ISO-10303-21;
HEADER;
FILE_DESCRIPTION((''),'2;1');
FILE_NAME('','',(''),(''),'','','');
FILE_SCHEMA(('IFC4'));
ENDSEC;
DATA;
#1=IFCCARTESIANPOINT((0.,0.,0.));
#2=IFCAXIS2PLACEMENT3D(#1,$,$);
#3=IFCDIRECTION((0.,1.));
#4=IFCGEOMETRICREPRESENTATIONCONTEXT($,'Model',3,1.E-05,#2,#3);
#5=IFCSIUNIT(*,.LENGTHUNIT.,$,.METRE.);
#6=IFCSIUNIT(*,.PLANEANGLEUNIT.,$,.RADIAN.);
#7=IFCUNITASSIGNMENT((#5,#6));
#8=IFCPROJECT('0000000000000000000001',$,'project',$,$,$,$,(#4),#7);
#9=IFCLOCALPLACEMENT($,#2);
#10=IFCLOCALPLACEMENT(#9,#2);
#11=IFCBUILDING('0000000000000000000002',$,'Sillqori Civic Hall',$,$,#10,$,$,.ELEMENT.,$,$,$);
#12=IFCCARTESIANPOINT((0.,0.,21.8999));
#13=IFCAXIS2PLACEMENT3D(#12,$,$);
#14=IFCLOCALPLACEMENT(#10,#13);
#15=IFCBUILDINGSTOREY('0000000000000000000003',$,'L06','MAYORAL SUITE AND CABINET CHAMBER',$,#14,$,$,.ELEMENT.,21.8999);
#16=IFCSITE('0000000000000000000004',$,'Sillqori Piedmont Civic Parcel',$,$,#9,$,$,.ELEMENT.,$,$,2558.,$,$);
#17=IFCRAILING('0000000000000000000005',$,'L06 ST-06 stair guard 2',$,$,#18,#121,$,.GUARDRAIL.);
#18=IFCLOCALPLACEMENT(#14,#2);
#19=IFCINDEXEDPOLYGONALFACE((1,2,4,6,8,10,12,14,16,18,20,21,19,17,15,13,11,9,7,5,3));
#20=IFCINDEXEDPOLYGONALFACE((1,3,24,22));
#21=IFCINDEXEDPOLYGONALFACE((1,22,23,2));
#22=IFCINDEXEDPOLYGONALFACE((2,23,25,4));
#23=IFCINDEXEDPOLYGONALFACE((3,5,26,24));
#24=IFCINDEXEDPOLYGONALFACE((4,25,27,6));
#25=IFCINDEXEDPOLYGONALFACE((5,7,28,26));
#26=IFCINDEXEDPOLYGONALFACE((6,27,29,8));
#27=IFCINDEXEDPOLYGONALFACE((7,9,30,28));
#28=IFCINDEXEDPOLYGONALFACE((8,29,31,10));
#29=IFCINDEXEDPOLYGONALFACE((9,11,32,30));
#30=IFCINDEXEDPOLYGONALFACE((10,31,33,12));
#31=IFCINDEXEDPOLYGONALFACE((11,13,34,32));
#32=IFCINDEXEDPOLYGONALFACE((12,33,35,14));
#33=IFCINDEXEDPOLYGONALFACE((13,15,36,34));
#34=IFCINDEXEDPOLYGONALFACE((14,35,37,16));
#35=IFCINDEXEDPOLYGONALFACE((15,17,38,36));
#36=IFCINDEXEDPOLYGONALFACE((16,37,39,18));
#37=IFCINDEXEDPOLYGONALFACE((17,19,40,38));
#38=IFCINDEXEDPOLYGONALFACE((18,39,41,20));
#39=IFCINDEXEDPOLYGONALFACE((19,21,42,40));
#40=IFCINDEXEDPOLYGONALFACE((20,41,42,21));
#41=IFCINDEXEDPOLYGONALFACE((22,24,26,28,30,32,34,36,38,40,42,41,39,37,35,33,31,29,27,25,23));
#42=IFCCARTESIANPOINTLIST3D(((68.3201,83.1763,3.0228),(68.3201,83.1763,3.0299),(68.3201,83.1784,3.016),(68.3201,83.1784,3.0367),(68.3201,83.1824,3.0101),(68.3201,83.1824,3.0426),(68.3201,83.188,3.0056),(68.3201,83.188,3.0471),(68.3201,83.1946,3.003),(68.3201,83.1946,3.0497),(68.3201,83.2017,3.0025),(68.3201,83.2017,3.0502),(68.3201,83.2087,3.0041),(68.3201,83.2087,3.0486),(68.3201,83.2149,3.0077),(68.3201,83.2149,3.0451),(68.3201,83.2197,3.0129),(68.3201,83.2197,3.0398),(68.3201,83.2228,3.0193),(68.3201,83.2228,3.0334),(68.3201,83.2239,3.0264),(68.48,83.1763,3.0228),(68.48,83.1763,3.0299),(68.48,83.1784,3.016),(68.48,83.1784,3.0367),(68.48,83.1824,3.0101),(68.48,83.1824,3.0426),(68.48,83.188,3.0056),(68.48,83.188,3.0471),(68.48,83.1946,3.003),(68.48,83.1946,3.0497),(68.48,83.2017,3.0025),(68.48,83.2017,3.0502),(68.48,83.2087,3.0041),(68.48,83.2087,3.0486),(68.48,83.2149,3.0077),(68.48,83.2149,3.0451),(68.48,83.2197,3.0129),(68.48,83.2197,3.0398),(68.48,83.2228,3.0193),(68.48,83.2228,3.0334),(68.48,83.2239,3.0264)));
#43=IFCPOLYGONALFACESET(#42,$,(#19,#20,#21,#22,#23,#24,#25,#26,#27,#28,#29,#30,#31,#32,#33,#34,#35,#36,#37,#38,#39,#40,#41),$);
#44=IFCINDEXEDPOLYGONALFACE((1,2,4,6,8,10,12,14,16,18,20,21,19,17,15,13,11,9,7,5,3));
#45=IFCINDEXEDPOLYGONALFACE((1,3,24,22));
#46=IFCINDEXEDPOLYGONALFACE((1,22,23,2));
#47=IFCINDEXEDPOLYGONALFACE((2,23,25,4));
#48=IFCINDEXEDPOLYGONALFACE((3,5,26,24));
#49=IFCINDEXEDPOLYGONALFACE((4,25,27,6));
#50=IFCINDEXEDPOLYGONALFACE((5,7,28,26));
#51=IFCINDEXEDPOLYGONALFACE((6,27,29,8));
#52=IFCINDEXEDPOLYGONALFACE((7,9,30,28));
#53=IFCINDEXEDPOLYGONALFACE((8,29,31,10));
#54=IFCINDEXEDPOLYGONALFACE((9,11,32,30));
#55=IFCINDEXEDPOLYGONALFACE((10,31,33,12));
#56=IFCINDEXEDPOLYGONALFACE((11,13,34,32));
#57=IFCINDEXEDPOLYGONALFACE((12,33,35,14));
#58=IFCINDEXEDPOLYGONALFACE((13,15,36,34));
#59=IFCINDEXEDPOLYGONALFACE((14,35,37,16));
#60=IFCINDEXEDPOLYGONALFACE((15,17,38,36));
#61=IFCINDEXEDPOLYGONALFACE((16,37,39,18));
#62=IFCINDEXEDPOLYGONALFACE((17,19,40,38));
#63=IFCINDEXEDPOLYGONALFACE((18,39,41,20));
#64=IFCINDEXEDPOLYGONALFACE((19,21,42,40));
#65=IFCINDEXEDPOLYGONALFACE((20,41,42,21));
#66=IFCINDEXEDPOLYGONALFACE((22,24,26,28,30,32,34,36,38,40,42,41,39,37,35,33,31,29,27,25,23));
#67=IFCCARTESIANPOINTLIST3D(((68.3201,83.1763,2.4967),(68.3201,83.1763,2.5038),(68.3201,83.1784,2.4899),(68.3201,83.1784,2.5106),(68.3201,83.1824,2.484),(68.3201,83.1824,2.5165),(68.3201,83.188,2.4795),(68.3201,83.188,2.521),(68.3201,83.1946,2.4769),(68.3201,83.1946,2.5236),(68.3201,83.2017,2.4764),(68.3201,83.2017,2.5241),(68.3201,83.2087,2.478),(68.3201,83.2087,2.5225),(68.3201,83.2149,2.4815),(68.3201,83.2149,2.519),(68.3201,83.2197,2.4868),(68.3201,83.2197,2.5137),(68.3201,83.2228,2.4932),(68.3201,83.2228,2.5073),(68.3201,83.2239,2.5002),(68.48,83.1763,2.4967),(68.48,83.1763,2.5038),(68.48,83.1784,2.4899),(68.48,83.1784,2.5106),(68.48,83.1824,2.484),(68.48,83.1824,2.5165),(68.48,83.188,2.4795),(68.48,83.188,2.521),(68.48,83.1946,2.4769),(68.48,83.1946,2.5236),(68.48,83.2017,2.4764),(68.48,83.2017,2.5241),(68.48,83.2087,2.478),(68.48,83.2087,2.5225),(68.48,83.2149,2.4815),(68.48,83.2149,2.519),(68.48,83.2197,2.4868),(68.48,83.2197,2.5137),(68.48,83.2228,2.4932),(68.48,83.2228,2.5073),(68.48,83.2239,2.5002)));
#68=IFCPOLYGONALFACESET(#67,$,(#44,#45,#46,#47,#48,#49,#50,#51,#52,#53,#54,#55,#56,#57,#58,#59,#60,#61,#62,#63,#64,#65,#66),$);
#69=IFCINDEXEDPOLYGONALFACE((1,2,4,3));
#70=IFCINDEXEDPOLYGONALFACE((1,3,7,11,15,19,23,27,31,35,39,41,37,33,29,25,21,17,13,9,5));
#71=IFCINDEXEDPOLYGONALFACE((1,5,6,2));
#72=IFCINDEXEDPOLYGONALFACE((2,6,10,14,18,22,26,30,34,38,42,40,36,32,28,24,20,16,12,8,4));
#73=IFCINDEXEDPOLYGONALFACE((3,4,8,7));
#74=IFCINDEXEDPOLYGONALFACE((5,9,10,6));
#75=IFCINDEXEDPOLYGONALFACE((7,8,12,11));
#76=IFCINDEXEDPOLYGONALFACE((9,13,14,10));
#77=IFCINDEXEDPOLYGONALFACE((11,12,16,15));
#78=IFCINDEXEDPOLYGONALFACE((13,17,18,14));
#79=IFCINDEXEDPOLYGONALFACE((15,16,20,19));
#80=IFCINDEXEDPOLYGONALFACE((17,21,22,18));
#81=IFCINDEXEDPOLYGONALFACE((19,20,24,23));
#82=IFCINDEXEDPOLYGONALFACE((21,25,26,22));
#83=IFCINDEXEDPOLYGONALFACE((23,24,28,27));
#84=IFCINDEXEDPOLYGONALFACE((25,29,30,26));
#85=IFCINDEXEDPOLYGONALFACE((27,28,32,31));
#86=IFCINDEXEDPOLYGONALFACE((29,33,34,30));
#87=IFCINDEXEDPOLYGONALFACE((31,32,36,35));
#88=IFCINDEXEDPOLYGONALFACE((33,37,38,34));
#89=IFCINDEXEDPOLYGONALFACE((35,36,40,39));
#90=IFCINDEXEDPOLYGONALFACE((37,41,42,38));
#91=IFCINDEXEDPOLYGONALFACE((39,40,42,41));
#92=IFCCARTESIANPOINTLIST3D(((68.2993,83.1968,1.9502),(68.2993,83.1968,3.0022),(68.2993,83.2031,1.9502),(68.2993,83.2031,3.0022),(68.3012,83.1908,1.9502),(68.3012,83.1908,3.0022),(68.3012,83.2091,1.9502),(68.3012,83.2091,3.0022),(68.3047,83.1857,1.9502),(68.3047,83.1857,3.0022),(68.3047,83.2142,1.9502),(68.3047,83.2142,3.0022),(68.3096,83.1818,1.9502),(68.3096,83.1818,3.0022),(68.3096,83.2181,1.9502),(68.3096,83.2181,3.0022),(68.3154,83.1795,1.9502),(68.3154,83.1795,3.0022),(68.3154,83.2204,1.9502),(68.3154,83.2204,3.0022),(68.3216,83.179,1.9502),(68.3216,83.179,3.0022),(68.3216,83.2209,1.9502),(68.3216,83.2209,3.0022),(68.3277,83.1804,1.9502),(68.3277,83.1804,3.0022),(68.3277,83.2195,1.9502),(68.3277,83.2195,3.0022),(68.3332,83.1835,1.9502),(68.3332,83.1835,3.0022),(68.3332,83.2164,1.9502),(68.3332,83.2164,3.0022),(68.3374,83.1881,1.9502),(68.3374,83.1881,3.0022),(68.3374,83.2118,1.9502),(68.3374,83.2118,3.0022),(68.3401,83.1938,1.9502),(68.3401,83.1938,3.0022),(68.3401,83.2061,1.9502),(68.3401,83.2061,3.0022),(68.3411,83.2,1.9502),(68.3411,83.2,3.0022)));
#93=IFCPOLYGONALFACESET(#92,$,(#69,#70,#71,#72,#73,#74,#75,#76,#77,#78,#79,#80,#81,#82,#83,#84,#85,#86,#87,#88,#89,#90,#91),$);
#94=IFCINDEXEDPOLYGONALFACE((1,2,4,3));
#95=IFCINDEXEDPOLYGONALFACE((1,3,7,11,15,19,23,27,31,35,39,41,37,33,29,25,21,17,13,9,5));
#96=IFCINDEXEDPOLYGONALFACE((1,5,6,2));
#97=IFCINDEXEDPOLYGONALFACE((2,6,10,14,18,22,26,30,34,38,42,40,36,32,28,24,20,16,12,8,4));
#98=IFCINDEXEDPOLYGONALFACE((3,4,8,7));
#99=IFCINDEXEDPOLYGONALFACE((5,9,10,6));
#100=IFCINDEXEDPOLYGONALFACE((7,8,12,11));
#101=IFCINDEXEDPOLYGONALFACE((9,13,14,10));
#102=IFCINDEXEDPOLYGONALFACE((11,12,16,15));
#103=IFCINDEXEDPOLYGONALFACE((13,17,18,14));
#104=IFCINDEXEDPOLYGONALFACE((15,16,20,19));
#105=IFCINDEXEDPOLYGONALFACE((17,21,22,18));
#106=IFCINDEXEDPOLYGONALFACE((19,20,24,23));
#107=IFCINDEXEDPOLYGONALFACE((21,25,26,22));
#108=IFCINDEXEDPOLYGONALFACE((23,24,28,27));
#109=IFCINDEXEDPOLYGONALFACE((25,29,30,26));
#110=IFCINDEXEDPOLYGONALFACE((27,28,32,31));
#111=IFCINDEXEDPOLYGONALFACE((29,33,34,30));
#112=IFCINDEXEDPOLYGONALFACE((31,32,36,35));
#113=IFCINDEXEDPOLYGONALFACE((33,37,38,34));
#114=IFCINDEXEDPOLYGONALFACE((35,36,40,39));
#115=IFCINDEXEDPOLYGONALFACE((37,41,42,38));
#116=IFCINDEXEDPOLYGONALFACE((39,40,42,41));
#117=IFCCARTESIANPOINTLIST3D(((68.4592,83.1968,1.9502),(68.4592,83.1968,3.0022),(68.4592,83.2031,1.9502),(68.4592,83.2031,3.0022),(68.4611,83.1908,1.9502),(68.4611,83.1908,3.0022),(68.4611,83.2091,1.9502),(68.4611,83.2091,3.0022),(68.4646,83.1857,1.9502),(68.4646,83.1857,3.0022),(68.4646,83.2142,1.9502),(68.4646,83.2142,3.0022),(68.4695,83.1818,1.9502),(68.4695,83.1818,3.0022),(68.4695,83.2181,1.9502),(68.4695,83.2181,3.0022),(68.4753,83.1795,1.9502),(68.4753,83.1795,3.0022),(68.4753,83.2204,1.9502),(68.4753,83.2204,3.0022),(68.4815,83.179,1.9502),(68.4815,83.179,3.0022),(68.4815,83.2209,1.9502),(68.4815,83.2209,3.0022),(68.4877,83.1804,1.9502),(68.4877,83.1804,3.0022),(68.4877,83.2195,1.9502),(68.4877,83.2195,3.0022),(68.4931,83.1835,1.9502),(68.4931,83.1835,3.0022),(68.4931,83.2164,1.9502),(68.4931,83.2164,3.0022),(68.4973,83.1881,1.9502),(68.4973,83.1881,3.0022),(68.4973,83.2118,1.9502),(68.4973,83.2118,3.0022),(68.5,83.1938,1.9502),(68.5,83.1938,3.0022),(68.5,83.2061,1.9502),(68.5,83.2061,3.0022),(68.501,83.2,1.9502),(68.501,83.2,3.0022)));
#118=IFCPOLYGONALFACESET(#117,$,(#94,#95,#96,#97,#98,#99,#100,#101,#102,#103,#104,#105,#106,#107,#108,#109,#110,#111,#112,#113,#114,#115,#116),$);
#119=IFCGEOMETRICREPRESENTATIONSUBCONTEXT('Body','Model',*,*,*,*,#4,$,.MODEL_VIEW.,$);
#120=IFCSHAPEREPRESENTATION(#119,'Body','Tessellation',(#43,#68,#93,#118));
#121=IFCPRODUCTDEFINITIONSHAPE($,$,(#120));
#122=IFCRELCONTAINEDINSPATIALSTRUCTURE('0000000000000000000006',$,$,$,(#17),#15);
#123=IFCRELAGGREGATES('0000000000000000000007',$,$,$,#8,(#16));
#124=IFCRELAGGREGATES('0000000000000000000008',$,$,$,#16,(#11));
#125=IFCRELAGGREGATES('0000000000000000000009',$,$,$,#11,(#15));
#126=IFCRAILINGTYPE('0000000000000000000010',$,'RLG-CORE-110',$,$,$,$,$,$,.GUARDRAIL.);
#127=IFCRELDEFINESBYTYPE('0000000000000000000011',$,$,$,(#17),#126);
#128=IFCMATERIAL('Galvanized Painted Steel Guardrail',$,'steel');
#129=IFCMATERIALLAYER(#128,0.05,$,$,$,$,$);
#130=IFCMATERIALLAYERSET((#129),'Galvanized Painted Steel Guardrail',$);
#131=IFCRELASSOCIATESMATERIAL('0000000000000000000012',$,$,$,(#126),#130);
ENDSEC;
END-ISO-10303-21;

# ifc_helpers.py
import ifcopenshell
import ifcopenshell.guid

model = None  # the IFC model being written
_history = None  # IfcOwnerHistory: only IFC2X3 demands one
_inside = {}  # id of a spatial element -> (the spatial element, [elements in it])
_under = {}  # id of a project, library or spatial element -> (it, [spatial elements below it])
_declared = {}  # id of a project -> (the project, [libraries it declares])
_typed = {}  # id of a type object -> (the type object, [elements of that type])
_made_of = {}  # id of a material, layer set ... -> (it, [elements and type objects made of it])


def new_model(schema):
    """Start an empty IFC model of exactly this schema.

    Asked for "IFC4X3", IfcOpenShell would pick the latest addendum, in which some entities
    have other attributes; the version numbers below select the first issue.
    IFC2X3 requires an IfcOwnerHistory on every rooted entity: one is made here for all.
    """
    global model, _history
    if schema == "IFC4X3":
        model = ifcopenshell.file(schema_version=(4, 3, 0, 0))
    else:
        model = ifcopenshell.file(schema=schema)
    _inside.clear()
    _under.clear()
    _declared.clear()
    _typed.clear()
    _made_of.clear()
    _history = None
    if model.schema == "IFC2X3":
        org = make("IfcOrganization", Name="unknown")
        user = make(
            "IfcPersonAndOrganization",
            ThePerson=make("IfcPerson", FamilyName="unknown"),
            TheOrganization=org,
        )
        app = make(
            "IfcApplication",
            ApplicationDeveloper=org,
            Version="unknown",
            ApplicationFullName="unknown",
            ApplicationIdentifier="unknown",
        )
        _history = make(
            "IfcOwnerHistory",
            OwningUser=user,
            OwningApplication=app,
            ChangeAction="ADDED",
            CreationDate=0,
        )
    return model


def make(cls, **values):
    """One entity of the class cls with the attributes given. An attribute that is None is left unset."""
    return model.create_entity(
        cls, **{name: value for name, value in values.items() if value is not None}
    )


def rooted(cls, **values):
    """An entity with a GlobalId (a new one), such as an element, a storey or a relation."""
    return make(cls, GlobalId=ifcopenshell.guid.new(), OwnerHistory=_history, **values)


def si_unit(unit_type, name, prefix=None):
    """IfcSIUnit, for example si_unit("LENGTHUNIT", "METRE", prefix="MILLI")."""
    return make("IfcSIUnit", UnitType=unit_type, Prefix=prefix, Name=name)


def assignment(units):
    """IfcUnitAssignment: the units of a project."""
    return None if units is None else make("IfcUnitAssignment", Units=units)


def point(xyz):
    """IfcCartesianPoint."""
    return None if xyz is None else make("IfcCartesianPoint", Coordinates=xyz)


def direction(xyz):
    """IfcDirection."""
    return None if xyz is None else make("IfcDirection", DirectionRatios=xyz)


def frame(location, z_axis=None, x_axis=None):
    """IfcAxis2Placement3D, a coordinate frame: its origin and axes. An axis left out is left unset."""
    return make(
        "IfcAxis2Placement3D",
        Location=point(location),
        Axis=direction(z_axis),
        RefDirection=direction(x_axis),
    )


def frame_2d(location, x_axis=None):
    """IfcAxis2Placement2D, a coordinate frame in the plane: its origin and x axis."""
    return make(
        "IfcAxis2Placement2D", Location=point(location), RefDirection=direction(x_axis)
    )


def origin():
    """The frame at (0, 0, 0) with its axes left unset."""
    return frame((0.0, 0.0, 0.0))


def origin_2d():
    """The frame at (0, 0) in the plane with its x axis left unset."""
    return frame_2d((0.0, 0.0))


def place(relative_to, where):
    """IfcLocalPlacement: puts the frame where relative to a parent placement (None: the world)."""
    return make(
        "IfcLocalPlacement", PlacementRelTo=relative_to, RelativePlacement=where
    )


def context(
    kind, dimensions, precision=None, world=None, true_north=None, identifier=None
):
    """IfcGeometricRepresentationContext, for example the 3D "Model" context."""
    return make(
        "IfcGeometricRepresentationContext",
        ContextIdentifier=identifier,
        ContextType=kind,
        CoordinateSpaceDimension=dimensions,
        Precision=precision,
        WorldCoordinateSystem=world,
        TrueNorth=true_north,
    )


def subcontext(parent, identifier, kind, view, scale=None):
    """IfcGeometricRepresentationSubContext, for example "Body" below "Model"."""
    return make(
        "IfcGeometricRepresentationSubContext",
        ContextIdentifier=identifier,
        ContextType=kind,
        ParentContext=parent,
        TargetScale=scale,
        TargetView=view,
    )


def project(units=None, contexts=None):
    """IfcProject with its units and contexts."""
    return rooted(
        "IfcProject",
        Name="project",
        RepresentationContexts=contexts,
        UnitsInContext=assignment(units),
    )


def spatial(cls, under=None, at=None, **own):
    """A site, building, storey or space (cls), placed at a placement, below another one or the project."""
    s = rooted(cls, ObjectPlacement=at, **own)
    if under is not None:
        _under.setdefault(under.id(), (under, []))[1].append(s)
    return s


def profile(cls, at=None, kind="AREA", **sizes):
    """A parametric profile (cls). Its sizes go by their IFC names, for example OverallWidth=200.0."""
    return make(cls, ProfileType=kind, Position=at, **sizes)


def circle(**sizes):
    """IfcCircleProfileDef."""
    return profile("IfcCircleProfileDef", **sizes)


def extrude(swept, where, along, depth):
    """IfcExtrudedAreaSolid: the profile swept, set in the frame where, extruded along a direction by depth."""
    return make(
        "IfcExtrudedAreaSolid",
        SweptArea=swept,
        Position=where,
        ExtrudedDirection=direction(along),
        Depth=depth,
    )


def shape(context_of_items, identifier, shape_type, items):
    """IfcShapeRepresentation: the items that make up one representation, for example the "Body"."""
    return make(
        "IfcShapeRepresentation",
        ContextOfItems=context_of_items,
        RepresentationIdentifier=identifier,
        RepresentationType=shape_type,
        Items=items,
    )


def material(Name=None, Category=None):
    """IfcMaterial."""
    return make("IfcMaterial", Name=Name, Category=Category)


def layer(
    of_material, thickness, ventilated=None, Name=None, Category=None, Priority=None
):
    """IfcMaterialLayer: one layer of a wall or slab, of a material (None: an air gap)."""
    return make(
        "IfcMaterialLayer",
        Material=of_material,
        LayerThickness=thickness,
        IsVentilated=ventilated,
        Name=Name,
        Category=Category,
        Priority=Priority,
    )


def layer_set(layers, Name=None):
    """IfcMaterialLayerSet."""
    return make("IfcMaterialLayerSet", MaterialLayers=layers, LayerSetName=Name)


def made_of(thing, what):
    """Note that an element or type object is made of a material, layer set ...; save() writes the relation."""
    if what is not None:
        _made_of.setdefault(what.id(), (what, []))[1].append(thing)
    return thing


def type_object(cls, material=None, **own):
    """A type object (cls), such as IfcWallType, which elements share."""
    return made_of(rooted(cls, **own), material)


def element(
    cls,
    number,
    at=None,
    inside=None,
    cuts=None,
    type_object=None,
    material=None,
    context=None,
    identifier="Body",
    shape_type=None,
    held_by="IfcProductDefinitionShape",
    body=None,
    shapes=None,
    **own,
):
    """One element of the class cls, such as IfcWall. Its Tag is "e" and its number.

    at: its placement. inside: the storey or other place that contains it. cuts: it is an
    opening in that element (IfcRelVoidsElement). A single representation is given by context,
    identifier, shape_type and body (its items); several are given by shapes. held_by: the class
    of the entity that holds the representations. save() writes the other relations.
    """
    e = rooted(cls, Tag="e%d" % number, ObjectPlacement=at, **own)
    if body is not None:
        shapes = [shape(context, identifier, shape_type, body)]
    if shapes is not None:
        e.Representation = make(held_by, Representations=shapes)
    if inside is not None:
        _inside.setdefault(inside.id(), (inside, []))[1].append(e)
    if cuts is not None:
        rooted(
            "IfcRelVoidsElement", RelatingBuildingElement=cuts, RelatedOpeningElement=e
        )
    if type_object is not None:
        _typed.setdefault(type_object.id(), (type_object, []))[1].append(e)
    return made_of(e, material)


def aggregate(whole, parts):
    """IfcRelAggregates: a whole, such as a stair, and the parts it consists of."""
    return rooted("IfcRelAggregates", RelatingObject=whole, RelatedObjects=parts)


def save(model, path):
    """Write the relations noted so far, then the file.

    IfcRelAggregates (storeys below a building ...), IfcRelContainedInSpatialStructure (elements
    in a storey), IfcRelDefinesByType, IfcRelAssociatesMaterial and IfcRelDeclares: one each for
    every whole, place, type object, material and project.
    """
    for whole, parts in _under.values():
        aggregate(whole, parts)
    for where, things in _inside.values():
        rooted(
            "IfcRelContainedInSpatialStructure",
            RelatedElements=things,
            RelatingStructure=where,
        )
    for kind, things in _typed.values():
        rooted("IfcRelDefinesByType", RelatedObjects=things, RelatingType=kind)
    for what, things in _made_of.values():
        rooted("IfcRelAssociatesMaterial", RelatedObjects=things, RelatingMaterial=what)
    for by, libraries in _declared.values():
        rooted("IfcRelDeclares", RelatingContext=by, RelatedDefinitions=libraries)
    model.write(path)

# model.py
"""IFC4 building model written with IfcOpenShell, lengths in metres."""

from ifc_helpers import new_model, si_unit, direction, frame, origin, origin_2d, place, context, subcontext, project, spatial, circle, extrude, material, layer, layer_set, type_object, element, save


model = new_model("IFC4")

# Units and contexts
model_context = context("Model", 3, precision=1e-05, world=origin(), true_north=direction((0.0, 1.0)))
body_context = subcontext(model_context, "Body", "Model", "MODEL_VIEW")
ifc_project = project(units=[si_unit("LENGTHUNIT", "METRE"), si_unit("PLANEANGLEUNIT", "RADIAN")], contexts=[model_context])

# Site, building, storey
site_placement = place(None, origin())
site = spatial("IfcSite", under=ifc_project, at=site_placement, Name="Sillqori Piedmont Civic Parcel", CompositionType="ELEMENT", RefElevation=2558.0)
building_placement = place(site_placement, origin())
building = spatial("IfcBuilding", under=site, at=building_placement, Name="Sillqori Civic Hall", CompositionType="ELEMENT")
storey_placement = place(building_placement, frame((0.0, 0.0, 21.8999)))
storey = spatial("IfcBuildingStorey", under=building, at=storey_placement, Name="L06", Description="MAYORAL SUITE AND CABINET CHAMBER", CompositionType="ELEMENT", Elevation=21.8999)

# Railing
ifc_material_1 = material(Name="Galvanized Painted Steel Guardrail", Category="steel")
ifc_layer_1 = layer(ifc_material_1, 0.05)
ifc_layer_set_1 = layer_set([ifc_layer_1], Name="Galvanized Painted Steel Guardrail")
railing_type_1 = type_object("IfcRailingType", Name="RLG-CORE-110", PredefinedType="GUARDRAIL", material=ifc_layer_set_1)
railing_1_placement = place(storey_placement, frame((68.3201, 83.2, 1.9502)))
element("IfcRailing", 1, at=railing_1_placement, inside=storey, type_object=railing_type_1, Name="L06 ST-06 stair guard 2", PredefinedType="GUARDRAIL", context=body_context, shape_type="SweptSolid", body=[
    extrude(circle(Radius=0.0239, at=origin_2d()), frame((0.0, 0.0, 1.0762), z_axis=(1.0, 0.0, 0.0), x_axis=(0.0, 1.0, 0.0)), (0.0, 0.0, 1.0), 0.1599),
    extrude(circle(Radius=0.0239, at=origin_2d()), frame((0.0, 0.0, 0.55), z_axis=(1.0, 0.0, 0.0), x_axis=(0.0, 1.0, 0.0)), (0.0, 0.0, 1.0), 0.1599),
    extrude(circle(Radius=0.021, at=origin_2d()), origin(), (0.0, 0.0, 1.0), 1.052),
    extrude(circle(Radius=0.021, at=origin_2d()), frame((0.1599, 0.0, 0.0)), (0.0, 0.0, 1.0), 1.052),
])

save(model, "model.ifc")
